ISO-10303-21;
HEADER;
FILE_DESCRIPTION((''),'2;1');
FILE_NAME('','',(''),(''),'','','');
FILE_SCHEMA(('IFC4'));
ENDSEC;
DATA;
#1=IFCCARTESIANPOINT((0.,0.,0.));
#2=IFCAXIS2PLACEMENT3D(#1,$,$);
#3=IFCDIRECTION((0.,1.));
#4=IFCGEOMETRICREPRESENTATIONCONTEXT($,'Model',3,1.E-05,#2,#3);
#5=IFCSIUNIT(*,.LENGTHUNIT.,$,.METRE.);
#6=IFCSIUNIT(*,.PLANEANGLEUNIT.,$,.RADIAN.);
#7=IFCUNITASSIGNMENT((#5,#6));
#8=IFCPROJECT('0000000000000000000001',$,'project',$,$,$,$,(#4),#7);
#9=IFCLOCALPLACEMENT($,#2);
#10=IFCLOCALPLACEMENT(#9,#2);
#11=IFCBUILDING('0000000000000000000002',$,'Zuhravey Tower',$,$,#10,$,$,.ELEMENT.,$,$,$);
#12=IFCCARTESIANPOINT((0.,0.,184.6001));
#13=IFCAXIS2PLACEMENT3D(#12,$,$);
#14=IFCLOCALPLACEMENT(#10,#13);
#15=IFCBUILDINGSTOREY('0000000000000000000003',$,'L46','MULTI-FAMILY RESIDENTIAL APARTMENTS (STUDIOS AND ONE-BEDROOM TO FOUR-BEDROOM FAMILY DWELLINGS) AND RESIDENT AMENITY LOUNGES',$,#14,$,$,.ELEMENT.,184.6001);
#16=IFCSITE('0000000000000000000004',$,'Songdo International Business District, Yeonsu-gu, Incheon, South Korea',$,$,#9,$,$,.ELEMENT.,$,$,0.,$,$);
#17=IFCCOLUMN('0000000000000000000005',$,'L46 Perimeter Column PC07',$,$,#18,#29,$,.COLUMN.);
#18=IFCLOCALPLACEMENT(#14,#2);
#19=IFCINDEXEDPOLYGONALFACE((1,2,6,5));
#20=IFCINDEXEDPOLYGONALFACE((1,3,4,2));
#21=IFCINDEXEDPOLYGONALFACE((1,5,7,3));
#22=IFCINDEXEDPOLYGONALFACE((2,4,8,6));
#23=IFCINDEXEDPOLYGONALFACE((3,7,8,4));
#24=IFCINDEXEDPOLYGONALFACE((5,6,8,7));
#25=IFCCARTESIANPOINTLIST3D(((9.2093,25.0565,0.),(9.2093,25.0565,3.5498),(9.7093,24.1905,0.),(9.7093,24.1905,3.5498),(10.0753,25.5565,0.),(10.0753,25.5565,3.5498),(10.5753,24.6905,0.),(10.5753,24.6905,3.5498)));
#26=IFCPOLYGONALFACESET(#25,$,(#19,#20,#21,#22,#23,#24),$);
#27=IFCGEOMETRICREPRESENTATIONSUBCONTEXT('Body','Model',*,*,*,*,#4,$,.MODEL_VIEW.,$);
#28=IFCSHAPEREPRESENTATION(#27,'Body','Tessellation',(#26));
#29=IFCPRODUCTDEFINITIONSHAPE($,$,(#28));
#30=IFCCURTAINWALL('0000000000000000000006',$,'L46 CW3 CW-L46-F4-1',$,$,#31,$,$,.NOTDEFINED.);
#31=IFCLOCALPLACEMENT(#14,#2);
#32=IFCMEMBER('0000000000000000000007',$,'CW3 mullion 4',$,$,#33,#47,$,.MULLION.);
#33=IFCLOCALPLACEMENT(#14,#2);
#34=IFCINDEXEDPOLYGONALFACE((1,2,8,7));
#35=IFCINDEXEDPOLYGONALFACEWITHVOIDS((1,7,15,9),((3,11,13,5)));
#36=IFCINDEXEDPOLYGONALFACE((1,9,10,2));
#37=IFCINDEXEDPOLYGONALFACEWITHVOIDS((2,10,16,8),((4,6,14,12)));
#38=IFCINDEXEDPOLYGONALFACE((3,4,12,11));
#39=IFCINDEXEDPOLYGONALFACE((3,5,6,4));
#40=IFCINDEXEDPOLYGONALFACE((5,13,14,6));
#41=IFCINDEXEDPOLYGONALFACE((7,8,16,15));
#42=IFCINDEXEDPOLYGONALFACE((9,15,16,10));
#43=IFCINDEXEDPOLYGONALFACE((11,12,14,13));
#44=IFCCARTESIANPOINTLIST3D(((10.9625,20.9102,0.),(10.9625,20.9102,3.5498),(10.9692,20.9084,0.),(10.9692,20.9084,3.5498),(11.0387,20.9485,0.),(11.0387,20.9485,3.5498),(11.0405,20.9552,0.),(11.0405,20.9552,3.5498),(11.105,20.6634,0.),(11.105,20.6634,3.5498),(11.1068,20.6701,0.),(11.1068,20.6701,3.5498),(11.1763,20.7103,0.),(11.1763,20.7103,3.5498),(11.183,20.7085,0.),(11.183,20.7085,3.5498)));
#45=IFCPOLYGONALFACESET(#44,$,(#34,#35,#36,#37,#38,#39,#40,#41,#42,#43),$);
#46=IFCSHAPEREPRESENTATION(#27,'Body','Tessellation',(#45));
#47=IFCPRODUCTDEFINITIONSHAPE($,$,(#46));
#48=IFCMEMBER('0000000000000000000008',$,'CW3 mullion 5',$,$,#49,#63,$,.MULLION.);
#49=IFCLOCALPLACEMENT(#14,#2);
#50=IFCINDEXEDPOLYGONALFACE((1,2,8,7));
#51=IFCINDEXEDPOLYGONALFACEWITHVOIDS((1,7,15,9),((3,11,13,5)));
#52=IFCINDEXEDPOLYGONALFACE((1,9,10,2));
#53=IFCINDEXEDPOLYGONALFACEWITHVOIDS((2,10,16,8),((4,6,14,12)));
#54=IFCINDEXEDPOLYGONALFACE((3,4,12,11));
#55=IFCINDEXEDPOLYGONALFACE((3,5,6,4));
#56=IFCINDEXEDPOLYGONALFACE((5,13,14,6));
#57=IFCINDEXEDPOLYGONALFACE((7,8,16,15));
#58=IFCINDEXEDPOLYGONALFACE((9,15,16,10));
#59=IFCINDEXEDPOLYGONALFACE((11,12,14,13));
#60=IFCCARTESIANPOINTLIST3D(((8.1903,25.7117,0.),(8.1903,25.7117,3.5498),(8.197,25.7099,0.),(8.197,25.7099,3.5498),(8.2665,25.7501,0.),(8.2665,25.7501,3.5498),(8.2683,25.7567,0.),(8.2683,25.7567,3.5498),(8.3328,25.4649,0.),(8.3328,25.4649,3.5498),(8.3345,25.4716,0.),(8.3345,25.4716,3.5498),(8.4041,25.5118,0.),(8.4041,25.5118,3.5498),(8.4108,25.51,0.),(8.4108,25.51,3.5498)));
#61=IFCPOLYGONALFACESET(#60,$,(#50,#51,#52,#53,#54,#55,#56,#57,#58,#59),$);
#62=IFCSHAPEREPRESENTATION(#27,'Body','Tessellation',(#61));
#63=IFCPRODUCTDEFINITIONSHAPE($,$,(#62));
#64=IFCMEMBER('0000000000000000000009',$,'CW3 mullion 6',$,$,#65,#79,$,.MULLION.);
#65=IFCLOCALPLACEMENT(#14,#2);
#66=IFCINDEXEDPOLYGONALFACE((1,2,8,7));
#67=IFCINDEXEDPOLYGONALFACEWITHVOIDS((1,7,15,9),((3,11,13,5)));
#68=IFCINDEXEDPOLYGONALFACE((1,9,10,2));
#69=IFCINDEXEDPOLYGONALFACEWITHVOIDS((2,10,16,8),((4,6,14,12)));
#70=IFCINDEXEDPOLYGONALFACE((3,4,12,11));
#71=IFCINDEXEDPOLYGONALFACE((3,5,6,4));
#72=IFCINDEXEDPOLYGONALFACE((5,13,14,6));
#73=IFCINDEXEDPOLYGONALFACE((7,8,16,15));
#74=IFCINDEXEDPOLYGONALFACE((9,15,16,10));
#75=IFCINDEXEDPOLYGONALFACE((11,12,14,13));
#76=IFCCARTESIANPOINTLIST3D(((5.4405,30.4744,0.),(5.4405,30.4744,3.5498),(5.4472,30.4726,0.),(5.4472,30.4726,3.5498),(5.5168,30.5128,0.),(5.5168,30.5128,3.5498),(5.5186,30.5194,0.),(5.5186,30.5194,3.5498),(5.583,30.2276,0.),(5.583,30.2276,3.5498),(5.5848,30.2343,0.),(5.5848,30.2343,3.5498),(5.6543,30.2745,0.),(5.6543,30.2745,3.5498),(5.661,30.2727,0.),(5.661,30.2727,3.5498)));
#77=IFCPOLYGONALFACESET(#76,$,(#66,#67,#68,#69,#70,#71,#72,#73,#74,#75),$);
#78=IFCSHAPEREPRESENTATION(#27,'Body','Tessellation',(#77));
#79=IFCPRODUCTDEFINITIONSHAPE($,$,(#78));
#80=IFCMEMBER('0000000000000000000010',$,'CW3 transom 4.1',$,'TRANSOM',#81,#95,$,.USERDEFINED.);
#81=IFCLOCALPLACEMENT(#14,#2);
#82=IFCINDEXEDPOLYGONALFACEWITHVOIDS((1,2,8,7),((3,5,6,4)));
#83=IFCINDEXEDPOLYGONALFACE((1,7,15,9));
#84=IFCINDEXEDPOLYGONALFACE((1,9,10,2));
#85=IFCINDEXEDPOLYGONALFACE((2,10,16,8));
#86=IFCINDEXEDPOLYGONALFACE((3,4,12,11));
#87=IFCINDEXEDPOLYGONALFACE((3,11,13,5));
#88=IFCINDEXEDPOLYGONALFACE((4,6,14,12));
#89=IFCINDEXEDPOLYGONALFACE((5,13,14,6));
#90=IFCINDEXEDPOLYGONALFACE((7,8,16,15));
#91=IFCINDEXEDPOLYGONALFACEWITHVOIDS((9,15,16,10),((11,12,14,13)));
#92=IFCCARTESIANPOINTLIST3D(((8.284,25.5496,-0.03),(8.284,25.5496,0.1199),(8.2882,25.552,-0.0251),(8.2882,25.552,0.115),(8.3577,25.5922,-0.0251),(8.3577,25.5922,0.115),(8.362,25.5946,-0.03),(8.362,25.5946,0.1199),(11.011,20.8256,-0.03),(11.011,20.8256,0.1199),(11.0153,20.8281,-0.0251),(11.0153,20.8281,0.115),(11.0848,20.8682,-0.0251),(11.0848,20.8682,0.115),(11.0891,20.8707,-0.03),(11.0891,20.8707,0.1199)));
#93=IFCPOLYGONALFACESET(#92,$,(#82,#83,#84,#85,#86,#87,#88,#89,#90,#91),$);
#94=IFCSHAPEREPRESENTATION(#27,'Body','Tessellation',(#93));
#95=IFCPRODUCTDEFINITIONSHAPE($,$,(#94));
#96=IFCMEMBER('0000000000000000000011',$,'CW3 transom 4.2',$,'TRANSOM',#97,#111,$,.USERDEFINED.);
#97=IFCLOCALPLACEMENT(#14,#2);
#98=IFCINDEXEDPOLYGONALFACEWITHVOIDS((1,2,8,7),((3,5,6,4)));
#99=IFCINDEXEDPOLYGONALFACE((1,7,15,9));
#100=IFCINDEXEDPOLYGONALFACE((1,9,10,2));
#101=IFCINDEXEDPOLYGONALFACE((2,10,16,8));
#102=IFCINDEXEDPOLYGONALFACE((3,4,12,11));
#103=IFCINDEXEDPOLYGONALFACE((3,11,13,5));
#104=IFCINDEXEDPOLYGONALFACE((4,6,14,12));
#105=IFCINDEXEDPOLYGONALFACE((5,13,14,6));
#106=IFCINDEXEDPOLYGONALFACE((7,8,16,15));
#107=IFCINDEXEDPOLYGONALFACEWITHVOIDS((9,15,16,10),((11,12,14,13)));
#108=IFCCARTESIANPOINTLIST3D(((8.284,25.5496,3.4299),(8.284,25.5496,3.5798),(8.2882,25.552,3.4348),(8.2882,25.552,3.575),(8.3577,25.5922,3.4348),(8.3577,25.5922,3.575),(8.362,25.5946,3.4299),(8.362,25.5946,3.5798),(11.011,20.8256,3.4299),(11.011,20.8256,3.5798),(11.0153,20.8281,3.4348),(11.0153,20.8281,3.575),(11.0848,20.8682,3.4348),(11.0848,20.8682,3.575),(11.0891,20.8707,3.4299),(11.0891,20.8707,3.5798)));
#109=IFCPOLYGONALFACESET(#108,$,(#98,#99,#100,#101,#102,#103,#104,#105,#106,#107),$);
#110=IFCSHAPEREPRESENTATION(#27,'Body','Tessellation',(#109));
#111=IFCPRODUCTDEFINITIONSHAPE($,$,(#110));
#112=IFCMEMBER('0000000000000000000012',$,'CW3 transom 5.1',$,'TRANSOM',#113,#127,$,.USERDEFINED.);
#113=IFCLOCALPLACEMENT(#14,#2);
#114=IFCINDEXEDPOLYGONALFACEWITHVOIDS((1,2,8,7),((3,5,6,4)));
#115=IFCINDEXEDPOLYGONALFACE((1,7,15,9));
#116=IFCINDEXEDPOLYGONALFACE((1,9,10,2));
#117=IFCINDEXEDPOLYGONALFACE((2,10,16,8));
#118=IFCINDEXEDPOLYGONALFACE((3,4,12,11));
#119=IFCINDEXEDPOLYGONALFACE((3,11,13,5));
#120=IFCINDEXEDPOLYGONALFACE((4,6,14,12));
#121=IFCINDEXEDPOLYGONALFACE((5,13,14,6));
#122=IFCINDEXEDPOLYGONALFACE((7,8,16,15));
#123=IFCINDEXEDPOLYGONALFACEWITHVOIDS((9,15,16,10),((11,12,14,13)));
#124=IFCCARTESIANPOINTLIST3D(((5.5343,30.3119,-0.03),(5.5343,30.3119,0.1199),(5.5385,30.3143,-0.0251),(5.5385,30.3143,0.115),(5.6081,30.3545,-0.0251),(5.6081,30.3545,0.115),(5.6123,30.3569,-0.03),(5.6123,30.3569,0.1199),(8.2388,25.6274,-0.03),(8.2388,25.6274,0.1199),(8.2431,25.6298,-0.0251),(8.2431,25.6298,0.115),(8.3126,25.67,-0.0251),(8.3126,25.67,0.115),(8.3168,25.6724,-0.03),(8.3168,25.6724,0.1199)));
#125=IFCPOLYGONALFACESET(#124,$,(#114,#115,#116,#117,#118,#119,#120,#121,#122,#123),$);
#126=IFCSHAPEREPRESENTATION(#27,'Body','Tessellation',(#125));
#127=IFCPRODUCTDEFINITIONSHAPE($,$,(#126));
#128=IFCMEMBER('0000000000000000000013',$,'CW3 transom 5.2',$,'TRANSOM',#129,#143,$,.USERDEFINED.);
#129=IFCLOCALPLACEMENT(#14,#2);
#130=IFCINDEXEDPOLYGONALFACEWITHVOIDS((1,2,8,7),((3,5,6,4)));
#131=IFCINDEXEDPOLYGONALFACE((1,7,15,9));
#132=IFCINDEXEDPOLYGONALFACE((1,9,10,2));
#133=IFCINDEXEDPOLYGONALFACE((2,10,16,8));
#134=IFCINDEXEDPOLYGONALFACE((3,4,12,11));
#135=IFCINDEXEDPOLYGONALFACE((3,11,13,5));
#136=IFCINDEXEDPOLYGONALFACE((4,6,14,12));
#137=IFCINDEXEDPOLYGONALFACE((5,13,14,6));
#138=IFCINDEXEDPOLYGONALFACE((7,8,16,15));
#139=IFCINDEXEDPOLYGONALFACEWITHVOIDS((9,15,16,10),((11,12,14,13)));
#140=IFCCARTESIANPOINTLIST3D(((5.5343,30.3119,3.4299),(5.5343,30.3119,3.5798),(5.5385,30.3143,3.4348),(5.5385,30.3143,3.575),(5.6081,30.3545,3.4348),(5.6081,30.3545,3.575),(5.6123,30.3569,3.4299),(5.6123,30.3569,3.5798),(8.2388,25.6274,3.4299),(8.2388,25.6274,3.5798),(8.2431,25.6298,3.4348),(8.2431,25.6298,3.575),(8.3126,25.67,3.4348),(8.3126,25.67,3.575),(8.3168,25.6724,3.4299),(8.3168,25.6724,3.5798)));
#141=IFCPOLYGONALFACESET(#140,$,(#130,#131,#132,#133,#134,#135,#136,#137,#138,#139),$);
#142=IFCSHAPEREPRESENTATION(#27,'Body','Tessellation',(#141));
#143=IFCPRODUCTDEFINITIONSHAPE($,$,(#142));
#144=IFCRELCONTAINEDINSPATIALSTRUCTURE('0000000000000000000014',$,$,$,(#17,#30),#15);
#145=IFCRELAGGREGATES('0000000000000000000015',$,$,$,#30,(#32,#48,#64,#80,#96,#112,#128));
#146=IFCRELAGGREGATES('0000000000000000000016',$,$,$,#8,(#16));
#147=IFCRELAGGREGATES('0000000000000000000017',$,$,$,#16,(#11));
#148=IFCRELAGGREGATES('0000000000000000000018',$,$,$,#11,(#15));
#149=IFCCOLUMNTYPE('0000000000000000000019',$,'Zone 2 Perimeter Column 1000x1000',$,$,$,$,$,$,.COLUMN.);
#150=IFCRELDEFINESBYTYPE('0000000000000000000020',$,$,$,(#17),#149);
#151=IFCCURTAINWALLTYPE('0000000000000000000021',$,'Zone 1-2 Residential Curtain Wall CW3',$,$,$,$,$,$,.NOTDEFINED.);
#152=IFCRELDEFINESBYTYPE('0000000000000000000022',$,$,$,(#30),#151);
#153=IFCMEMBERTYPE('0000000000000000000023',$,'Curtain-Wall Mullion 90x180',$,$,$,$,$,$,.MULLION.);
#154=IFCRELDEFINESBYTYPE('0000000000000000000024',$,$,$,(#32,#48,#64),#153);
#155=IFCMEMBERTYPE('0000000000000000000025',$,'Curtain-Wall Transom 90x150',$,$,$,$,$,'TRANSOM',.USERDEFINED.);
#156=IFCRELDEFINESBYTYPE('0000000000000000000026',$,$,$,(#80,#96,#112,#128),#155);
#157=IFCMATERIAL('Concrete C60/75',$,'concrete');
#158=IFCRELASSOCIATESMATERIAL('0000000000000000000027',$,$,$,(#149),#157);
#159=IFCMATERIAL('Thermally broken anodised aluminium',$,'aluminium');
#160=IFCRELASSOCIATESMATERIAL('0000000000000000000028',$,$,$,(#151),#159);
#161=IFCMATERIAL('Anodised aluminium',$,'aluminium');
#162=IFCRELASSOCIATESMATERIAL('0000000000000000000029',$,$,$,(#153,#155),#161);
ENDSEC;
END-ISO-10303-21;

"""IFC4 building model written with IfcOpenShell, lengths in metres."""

from ifc_helpers import new_model, si_unit, direction, frame, origin, origin_2d, place, context, subcontext, project, spatial, rectangle, hollow_rectangle, extrude, material, material_profile, profile_set, type_object, element, aggregate, save


model = new_model("IFC4")

# Units and contexts
model_context = context("Model", 3, precision=1e-05, world=origin(), true_north=direction((0.0, 1.0)))
body_context = subcontext(model_context, "Body", "Model", "MODEL_VIEW")
ifc_project = project(units=[si_unit("LENGTHUNIT", "METRE"), si_unit("PLANEANGLEUNIT", "RADIAN")], contexts=[model_context])

# Site, building, storey
site_placement = place(None, origin())
site = spatial("IfcSite", under=ifc_project, at=site_placement, Name="Songdo International Business District, Yeonsu-gu, Incheon, South Korea", CompositionType="ELEMENT", RefElevation=0.0)
building_placement = place(site_placement, origin())
building = spatial("IfcBuilding", under=site, at=building_placement, Name="Zuhravey Tower", CompositionType="ELEMENT")
storey_placement = place(building_placement, frame((0.0, 0.0, 184.6001)))
storey = spatial("IfcBuildingStorey", under=building, at=storey_placement, Name="L46", Description="MULTI-FAMILY RESIDENTIAL APARTMENTS (STUDIOS AND ONE-BEDROOM TO FOUR-BEDROOM FAMILY DWELLINGS) AND RESIDENT AMENITY LOUNGES", CompositionType="ELEMENT", Elevation=184.6001)

# Column
ifc_material_1 = material(Name="Concrete C60/75", Category="concrete")
ifc_material_profile_1 = material_profile(ifc_material_1, rectangle(XDim=1.0, YDim=1.0, at=origin_2d()), Name="RC-1000x1000")
ifc_profile_set_1 = profile_set([ifc_material_profile_1], Name="Concrete C60/75")
column_type = type_object("IfcColumnType", Name="Zone 2 Perimeter Column 1000x1000", PredefinedType="COLUMN", material=ifc_profile_set_1)
column_placement = place(storey_placement, frame((9.8923, 24.8735, 0.0), z_axis=(0.0, 0.0, 1.0), x_axis=(0.5, -0.866025, 0.0)))
element("IfcColumn", 1, at=column_placement, inside=storey, type_object=column_type, Name="L46 Perimeter Column PC07", PredefinedType="COLUMN", context=body_context, shape_type="SweptSolid", body=[
    extrude(rectangle(XDim=1.0, YDim=1.0, at=origin_2d()), origin(), (0.0, 0.0, 1.0), 3.5498),
])

# Curtain wall, members
ifc_material_2 = material(Name="Thermally broken anodised aluminium", Category="aluminium")
curtain_wall_type = type_object("IfcCurtainWallType", Name="Zone 1-2 Residential Curtain Wall CW3", PredefinedType="NOTDEFINED", material=ifc_material_2)
curtain_wall_placement = place(storey_placement, origin())
curtain_wall = element("IfcCurtainWall", 2, at=curtain_wall_placement, inside=storey, type_object=curtain_wall_type, Name="L46 CW3 CW-L46-F4-1", PredefinedType="NOTDEFINED")
ifc_material_3 = material(Name="Anodised aluminium", Category="aluminium")
ifc_material_profile_2 = material_profile(ifc_material_3, hollow_rectangle(XDim=0.0901, YDim=0.2849, WallThickness=0.0049, at=origin_2d()), Name="ALU-RHS-90x285x5")
ifc_profile_set_2 = profile_set([ifc_material_profile_2], Name="Anodised aluminium")
member_type_1 = type_object("IfcMemberType", Name="Curtain-Wall Mullion 90x180", PredefinedType="MULLION", material=ifc_profile_set_2)
member_1_placement = place(storey_placement, frame((11.0728, 20.8093, 0.0), z_axis=(0.0, 0.0, 1.0), x_axis=(-0.866025, -0.5, 0.0)))
member_1 = element("IfcMember", 3, at=member_1_placement, type_object=member_type_1, Name="CW3 mullion 4", PredefinedType="MULLION", context=body_context, shape_type="SweptSolid", body=[
    extrude(hollow_rectangle(XDim=0.0901, YDim=0.2849, WallThickness=0.0049, at=origin_2d()), origin(), (0.0, 0.0, 1.0), 3.5498),
])
member_2_placement = place(storey_placement, frame((8.3005, 25.6108, 0.0), z_axis=(0.0, 0.0, 1.0), x_axis=(-0.866025, -0.5, 0.0)))
member_2 = element("IfcMember", 4, at=member_2_placement, type_object=member_type_1, Name="CW3 mullion 5", PredefinedType="MULLION", context=body_context, shape_type="SweptSolid", body=[
    extrude(hollow_rectangle(XDim=0.0901, YDim=0.2849, WallThickness=0.0049, at=origin_2d()), origin(), (0.0, 0.0, 1.0), 3.5498),
])
member_3_placement = place(storey_placement, frame((5.5508, 30.3735, 0.0), z_axis=(0.0, 0.0, 1.0), x_axis=(-0.866025, -0.5, 0.0)))
member_3 = element("IfcMember", 5, at=member_3_placement, type_object=member_type_1, Name="CW3 mullion 6", PredefinedType="MULLION", context=body_context, shape_type="SweptSolid", body=[
    extrude(hollow_rectangle(XDim=0.0901, YDim=0.2849, WallThickness=0.0049, at=origin_2d()), origin(), (0.0, 0.0, 1.0), 3.5498),
])
ifc_material_profile_3 = material_profile(ifc_material_3, hollow_rectangle(XDim=0.0901, YDim=0.1499, WallThickness=0.0049, at=origin_2d()), Name="ALU-RHS-90x150x5")
ifc_profile_set_3 = profile_set([ifc_material_profile_3], Name="Anodised aluminium")
member_type_2 = type_object("IfcMemberType", Name="Curtain-Wall Transom 90x150", ElementType="TRANSOM", PredefinedType="USERDEFINED", material=ifc_profile_set_3)
member_4_placement = place(storey_placement, frame((11.05, 20.8481, 0.0449), z_axis=(-0.499961, 0.866048, 0.0), x_axis=(-0.866048, -0.499961, 0.0)))
member_4 = element("IfcMember", 6, at=member_4_placement, type_object=member_type_2, Name="CW3 transom 4.1", ObjectType="TRANSOM", PredefinedType="USERDEFINED", context=body_context, shape_type="SweptSolid", body=[
    extrude(hollow_rectangle(XDim=0.0901, YDim=0.1499, WallThickness=0.0049, at=origin_2d()), origin(), (0.0, 0.0, 1.0), 5.4546),
])
member_5_placement = place(storey_placement, frame((11.05, 20.8481, 3.5049), z_axis=(-0.499961, 0.866048, 0.0), x_axis=(-0.866048, -0.499961, 0.0)))
member_5 = element("IfcMember", 7, at=member_5_placement, type_object=member_type_2, Name="CW3 transom 4.2", ObjectType="TRANSOM", PredefinedType="USERDEFINED", context=body_context, shape_type="SweptSolid", body=[
    extrude(hollow_rectangle(XDim=0.0901, YDim=0.1499, WallThickness=0.0049, at=origin_2d()), origin(), (0.0, 0.0, 1.0), 5.4546),
])
member_6_placement = place(storey_placement, frame((8.2778, 25.6499, 0.0449), z_axis=(-0.499993, 0.866029, 0.0), x_axis=(-0.866029, -0.499993, 0.0)))
member_6 = element("IfcMember", 8, at=member_6_placement, type_object=member_type_2, Name="CW3 transom 5.1", ObjectType="TRANSOM", PredefinedType="USERDEFINED", context=body_context, shape_type="SweptSolid", body=[
    extrude(hollow_rectangle(XDim=0.0901, YDim=0.1499, WallThickness=0.0049, at=origin_2d()), origin(), (0.0, 0.0, 1.0), 5.4092),
])
member_7_placement = place(storey_placement, frame((8.2778, 25.6499, 3.5049), z_axis=(-0.499993, 0.866029, 0.0), x_axis=(-0.866029, -0.499993, 0.0)))
member_7 = element("IfcMember", 9, at=member_7_placement, type_object=member_type_2, Name="CW3 transom 5.2", ObjectType="TRANSOM", PredefinedType="USERDEFINED", context=body_context, shape_type="SweptSolid", body=[
    extrude(hollow_rectangle(XDim=0.0901, YDim=0.1499, WallThickness=0.0049, at=origin_2d()), origin(), (0.0, 0.0, 1.0), 5.4092),
])

aggregate(curtain_wall, [member_1, member_2, member_3, member_4, member_5, member_6, member_7])

save(model, "model.ifc")
